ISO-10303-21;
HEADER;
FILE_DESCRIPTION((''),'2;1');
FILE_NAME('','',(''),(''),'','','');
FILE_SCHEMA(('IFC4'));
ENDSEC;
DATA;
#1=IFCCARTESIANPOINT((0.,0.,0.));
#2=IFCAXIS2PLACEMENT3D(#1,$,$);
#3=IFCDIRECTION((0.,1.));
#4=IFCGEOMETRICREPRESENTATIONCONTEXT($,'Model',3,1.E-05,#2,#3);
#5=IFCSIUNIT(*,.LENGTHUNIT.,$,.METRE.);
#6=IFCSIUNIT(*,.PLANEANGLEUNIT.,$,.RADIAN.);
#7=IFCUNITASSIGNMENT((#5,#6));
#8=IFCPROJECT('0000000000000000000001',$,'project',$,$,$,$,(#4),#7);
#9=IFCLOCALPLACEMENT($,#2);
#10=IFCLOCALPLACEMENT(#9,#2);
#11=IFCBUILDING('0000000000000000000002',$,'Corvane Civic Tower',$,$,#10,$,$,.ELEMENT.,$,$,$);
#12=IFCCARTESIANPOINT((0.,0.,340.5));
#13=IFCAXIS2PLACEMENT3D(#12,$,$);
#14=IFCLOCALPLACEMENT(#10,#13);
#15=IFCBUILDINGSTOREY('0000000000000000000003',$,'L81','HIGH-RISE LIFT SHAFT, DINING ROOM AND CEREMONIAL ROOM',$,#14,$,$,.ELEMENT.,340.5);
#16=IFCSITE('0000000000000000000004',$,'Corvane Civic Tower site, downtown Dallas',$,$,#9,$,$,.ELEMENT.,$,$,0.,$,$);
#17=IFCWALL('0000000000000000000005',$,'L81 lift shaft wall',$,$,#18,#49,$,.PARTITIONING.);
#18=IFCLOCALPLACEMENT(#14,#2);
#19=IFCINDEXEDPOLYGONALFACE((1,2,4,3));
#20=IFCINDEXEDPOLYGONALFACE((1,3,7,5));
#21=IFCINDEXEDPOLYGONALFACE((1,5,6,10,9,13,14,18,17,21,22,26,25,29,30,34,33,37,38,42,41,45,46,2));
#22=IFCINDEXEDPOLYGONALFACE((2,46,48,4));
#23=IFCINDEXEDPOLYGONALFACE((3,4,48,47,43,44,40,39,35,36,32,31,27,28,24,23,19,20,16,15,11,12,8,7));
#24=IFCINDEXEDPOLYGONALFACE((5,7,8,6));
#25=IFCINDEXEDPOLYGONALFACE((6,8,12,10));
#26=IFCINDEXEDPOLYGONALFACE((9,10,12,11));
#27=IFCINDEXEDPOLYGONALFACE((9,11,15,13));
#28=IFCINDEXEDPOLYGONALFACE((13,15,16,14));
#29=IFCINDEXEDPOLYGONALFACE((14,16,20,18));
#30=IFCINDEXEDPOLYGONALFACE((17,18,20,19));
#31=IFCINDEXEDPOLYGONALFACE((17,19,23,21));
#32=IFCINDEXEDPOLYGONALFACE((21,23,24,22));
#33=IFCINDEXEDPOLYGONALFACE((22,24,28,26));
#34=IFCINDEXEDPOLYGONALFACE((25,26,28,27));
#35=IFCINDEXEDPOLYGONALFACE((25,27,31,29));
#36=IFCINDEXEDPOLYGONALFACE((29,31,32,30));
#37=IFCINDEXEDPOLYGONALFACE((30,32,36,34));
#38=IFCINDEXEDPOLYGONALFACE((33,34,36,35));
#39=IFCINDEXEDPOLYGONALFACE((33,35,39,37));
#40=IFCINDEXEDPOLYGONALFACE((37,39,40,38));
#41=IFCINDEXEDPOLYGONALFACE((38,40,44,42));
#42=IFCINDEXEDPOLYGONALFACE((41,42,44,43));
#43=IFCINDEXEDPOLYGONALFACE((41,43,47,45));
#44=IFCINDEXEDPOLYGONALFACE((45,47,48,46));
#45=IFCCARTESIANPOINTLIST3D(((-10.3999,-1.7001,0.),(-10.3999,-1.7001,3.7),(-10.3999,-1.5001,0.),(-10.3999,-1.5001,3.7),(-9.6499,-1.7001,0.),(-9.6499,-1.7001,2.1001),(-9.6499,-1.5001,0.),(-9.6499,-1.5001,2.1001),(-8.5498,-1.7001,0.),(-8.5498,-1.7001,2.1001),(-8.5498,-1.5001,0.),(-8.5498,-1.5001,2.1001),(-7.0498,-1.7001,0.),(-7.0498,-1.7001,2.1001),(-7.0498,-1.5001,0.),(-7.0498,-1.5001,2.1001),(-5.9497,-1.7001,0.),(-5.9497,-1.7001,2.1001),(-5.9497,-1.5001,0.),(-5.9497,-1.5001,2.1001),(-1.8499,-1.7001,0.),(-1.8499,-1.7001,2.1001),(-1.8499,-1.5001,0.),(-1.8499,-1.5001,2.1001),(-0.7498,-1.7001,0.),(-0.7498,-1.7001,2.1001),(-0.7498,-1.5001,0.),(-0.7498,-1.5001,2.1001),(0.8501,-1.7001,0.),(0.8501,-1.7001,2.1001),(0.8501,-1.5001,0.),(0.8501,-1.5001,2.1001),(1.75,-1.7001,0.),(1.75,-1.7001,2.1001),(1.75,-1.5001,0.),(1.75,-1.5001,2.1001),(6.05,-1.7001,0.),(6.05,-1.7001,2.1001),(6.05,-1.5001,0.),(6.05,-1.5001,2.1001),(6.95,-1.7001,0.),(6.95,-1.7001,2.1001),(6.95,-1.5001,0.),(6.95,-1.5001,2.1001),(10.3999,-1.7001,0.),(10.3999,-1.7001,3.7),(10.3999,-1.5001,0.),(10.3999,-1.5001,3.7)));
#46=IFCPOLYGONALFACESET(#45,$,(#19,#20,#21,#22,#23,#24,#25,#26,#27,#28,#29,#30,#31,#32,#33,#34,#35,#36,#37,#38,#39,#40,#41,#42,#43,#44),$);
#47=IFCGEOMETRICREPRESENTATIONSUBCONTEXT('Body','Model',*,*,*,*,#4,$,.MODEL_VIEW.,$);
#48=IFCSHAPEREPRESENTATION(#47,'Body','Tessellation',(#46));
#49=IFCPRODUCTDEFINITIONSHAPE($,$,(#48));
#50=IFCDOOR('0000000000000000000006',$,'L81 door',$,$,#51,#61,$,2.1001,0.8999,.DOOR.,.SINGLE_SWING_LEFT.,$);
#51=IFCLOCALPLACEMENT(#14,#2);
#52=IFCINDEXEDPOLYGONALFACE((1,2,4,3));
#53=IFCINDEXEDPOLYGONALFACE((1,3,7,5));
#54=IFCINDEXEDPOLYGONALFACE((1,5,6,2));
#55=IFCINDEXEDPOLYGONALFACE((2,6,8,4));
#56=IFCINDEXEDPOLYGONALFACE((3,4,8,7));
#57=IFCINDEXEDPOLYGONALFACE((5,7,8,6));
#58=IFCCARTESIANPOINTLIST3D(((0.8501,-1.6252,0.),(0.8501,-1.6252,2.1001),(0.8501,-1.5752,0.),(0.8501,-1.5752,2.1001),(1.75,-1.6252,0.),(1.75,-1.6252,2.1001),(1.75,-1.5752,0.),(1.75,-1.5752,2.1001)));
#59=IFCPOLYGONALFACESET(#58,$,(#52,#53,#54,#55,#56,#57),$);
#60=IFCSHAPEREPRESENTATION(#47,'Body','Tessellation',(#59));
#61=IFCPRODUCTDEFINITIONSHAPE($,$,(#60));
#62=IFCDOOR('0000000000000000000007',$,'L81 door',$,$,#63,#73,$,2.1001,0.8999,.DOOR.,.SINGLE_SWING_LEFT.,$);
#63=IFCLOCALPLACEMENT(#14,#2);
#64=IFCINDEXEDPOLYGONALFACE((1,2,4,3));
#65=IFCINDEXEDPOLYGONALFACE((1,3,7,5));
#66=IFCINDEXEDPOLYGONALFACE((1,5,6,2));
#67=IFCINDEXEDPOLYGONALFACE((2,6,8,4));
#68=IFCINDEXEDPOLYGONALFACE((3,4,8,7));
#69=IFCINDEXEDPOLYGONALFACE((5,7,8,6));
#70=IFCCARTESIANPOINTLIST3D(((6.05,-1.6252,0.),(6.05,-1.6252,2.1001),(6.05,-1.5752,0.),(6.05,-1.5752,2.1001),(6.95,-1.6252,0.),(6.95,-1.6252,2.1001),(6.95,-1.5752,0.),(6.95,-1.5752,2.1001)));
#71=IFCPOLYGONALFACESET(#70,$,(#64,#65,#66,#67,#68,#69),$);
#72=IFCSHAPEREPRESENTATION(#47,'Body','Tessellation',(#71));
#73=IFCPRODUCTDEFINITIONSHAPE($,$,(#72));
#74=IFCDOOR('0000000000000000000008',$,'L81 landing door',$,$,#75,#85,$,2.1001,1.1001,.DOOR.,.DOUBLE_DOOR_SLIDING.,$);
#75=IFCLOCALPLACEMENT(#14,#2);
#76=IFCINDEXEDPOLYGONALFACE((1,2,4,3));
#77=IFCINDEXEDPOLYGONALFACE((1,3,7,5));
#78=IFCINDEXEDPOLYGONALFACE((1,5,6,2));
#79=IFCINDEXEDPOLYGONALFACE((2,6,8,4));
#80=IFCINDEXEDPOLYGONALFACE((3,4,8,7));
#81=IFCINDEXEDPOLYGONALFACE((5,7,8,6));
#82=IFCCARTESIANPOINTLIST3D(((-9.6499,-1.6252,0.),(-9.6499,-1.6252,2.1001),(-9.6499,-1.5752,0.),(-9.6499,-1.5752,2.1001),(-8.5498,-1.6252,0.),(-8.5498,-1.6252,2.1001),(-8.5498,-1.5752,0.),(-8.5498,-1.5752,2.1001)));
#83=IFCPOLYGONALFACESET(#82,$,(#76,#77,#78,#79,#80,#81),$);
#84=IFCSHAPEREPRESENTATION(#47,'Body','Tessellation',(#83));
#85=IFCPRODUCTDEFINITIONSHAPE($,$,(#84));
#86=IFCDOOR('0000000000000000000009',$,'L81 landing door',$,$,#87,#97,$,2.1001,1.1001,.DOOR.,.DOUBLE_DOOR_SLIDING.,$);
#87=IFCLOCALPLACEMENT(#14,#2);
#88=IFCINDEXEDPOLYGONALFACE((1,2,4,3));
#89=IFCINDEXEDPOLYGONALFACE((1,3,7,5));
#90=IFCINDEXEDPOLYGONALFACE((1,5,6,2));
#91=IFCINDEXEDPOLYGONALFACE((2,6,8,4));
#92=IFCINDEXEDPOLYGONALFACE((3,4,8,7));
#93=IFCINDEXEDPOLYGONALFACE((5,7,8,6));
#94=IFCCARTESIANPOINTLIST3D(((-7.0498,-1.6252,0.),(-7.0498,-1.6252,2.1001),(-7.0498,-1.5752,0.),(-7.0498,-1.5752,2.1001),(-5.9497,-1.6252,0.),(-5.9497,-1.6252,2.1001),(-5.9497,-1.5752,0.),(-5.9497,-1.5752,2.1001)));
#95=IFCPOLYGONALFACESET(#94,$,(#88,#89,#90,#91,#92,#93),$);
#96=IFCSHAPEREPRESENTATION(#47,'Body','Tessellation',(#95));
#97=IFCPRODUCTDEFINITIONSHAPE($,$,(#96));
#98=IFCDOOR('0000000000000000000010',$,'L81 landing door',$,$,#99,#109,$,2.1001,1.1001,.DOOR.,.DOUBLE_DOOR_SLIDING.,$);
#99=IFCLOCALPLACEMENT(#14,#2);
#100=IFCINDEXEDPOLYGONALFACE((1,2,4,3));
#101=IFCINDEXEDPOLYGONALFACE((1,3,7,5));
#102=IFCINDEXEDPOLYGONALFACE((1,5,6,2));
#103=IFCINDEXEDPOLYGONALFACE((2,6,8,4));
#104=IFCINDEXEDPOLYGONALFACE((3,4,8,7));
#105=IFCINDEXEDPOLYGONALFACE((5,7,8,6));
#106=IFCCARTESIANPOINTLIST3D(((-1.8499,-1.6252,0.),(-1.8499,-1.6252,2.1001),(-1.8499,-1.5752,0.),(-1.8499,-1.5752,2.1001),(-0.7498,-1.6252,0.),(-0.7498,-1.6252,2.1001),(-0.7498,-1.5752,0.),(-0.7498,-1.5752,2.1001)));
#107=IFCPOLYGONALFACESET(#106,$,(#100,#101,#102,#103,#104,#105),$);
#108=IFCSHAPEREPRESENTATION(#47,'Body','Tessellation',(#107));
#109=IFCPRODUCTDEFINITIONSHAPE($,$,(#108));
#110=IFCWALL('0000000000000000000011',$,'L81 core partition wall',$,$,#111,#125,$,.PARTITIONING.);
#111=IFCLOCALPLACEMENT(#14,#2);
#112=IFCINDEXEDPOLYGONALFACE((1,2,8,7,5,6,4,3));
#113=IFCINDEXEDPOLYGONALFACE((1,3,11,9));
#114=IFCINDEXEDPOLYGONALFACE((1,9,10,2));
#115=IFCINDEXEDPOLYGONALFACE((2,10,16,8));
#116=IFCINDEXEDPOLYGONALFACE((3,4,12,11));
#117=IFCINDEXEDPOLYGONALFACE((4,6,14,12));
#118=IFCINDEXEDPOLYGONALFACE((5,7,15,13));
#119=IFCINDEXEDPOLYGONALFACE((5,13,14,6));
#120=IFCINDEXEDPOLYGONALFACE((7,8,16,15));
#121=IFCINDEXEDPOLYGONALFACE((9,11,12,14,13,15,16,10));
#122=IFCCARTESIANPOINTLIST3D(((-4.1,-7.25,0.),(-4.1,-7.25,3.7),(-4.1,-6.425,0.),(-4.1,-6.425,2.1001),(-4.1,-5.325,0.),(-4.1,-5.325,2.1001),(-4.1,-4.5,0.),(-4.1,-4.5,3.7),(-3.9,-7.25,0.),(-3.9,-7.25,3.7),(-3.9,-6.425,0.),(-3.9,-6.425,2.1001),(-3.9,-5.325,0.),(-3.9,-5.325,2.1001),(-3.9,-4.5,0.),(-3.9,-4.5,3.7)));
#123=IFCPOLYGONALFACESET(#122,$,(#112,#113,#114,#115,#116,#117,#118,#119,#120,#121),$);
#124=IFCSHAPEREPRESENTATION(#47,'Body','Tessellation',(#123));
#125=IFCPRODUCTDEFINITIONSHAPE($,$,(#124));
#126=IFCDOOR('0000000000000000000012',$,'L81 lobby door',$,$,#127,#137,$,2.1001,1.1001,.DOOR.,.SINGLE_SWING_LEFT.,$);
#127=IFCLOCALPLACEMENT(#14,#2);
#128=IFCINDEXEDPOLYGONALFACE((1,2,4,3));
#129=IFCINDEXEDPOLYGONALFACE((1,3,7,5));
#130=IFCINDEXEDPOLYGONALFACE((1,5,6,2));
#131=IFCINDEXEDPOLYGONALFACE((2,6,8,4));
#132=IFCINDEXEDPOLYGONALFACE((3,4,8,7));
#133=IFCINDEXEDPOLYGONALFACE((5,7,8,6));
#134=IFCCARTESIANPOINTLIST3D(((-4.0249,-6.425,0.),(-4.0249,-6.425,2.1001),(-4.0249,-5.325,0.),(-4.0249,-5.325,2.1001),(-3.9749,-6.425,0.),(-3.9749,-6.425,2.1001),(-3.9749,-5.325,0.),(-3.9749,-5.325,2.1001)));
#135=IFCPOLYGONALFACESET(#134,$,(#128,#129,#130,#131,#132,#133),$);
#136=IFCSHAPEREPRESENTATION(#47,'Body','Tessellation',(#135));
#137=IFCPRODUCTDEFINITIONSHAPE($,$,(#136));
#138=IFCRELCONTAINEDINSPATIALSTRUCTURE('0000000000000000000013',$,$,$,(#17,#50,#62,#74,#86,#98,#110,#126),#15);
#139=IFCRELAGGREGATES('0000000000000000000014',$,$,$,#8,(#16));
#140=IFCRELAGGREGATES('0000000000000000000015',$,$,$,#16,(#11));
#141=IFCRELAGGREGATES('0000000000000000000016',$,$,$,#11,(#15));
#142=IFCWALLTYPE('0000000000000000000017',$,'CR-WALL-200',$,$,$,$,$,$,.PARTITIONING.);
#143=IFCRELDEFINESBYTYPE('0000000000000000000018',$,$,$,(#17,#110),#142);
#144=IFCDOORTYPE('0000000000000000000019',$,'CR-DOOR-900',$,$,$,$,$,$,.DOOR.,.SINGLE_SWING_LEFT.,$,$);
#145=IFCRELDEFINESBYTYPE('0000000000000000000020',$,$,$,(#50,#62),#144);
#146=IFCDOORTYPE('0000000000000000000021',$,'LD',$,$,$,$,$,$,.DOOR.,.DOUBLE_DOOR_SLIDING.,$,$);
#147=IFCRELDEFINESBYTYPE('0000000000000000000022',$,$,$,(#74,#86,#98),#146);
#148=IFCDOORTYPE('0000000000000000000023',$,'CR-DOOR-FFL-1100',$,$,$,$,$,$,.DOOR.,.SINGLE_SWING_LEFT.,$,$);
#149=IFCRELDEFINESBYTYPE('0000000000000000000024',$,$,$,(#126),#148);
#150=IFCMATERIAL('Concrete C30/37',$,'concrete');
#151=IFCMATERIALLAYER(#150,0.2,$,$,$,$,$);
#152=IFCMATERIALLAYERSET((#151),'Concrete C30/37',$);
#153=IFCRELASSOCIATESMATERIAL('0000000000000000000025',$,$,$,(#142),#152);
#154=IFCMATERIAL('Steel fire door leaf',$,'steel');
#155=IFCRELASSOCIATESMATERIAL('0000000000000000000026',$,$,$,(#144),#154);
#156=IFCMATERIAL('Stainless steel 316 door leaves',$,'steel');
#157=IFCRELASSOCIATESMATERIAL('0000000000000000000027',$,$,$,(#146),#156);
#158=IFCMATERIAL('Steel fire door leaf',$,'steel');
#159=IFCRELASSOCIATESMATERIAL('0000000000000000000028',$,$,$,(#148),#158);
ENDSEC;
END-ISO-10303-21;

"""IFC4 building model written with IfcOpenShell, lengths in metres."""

from ifc_helpers import new_model, si_unit, direction, frame, frame_2d, origin, place, context, subcontext, project, spatial, rectangle, extrude, material, layer, layer_set, type_object, element, fill, save


model = new_model("IFC4")

# Units and contexts
model_context = context("Model", 3, precision=1e-05, world=origin(), true_north=direction((0.0, 1.0)))
body_context = subcontext(model_context, "Body", "Model", "MODEL_VIEW")
ifc_project = project(units=[si_unit("LENGTHUNIT", "METRE"), si_unit("PLANEANGLEUNIT", "RADIAN")], contexts=[model_context])

# Site, building, storey
site_placement = place(None, origin())
site = spatial("IfcSite", under=ifc_project, at=site_placement, Name="Corvane Civic Tower site, downtown Dallas", CompositionType="ELEMENT", RefElevation=0.0)
building_placement = place(site_placement, origin())
building = spatial("IfcBuilding", under=site, at=building_placement, Name="Corvane Civic Tower", CompositionType="ELEMENT")
storey_placement = place(building_placement, frame((0.0, 0.0, 340.5)))
storey = spatial("IfcBuildingStorey", under=building, at=storey_placement, Name="L81", Description="HIGH-RISE LIFT SHAFT, DINING ROOM AND CEREMONIAL ROOM", CompositionType="ELEMENT", Elevation=340.5)

# Shared definitions
ifc_material_1 = material(Name="Concrete C30/37", Category="concrete")
ifc_layer_1 = layer(ifc_material_1, 0.2)
ifc_layer_set_1 = layer_set([ifc_layer_1], Name="Concrete C30/37")
wall_type_1 = type_object("IfcWallType", Name="CR-WALL-200", PredefinedType="PARTITIONING", material=ifc_layer_set_1)
ifc_material_2 = material(Name="Steel fire door leaf", Category="steel")
door_type_1 = type_object("IfcDoorType", Name="CR-DOOR-900", OperationType="SINGLE_SWING_LEFT", PredefinedType="DOOR", material=ifc_material_2)

# Wall, openings, doors
wall_1_placement = place(storey_placement, frame((-10.3999, -1.6001, 0.0), z_axis=(0.0, 0.0, 1.0), x_axis=(1.0, 0.0, 0.0)))
wall_1 = element("IfcWall", 1, at=wall_1_placement, inside=storey, type_object=wall_type_1, Name="L81 lift shaft wall", PredefinedType="PARTITIONING", context=body_context, shape_type="SweptSolid", body=[
    extrude(rectangle(XDim=20.7998, YDim=0.2, at=frame_2d((10.3999, 0.0))), origin(), (0.0, 0.0, 1.0), 3.7),
])
opening_1_placement = place(wall_1_placement, frame((0.75, 0.0, 0.0)))
opening_1 = element("IfcOpeningElement", 2, at=opening_1_placement, cuts=wall_1, PredefinedType="OPENING", context=body_context, shape_type="SweptSolid", body=[
    extrude(rectangle(XDim=1.1001, YDim=2.1001, at=frame_2d((0.55, 1.05))), frame((0.0, 0.1099, 0.0), z_axis=(0.0, -1.0, 0.0), x_axis=(1.0, 0.0, 0.0)), (0.0, 0.0, 1.0), 0.22),
])
opening_2_placement = place(wall_1_placement, frame((3.3501, 0.0, 0.0)))
opening_2 = element("IfcOpeningElement", 3, at=opening_2_placement, cuts=wall_1, PredefinedType="OPENING", context=body_context, shape_type="SweptSolid", body=[
    extrude(rectangle(XDim=1.1001, YDim=2.1001, at=frame_2d((0.55, 1.05))), frame((0.0, 0.1099, 0.0), z_axis=(0.0, -1.0, 0.0), x_axis=(1.0, 0.0, 0.0)), (0.0, 0.0, 1.0), 0.22),
])
opening_3_placement = place(wall_1_placement, frame((8.55, 0.0, 0.0)))
opening_3 = element("IfcOpeningElement", 4, at=opening_3_placement, cuts=wall_1, PredefinedType="OPENING", context=body_context, shape_type="SweptSolid", body=[
    extrude(rectangle(XDim=1.1001, YDim=2.1001, at=frame_2d((0.55, 1.05))), frame((0.0, 0.1099, 0.0), z_axis=(0.0, -1.0, 0.0), x_axis=(1.0, 0.0, 0.0)), (0.0, 0.0, 1.0), 0.22),
])
opening_4_placement = place(wall_1_placement, frame((11.25, 0.0, 0.0)))
opening_4 = element("IfcOpeningElement", 5, at=opening_4_placement, cuts=wall_1, PredefinedType="OPENING", context=body_context, shape_type="SweptSolid", body=[
    extrude(rectangle(XDim=0.8999, YDim=2.1001, at=frame_2d((0.45, 1.05))), frame((0.0, 0.1099, 0.0), z_axis=(0.0, -1.0, 0.0), x_axis=(1.0, 0.0, 0.0)), (0.0, 0.0, 1.0), 0.22),
])
opening_5_placement = place(wall_1_placement, frame((16.45, 0.0, 0.0)))
opening_5 = element("IfcOpeningElement", 6, at=opening_5_placement, cuts=wall_1, PredefinedType="OPENING", context=body_context, shape_type="SweptSolid", body=[
    extrude(rectangle(XDim=0.8999, YDim=2.1001, at=frame_2d((0.45, 1.05))), frame((0.0, 0.1099, 0.0), z_axis=(0.0, -1.0, 0.0), x_axis=(1.0, 0.0, 0.0)), (0.0, 0.0, 1.0), 0.22),
])
door_1_placement = place(opening_4_placement, origin())
door_1 = element("IfcDoor", 7, at=door_1_placement, inside=storey, type_object=door_type_1, Name="L81 door", OperationType="SINGLE_SWING_LEFT", OverallHeight=2.1001, OverallWidth=0.8999, PredefinedType="DOOR", context=body_context, shape_type="SweptSolid", body=[
    extrude(rectangle(XDim=0.8999, YDim=2.1001, at=frame_2d((0.45, 1.05))), frame((0.0, 0.0249, 0.0), z_axis=(0.0, -1.0, 0.0), x_axis=(1.0, 0.0, 0.0)), (0.0, 0.0, 1.0), 0.05),
])
fill(opening_4, door_1)
door_2_placement = place(opening_5_placement, origin())
door_2 = element("IfcDoor", 8, at=door_2_placement, inside=storey, type_object=door_type_1, Name="L81 door", OperationType="SINGLE_SWING_LEFT", OverallHeight=2.1001, OverallWidth=0.8999, PredefinedType="DOOR", context=body_context, shape_type="SweptSolid", body=[
    extrude(rectangle(XDim=0.8999, YDim=2.1001, at=frame_2d((0.45, 1.05))), frame((0.0, 0.0249, 0.0), z_axis=(0.0, -1.0, 0.0), x_axis=(1.0, 0.0, 0.0)), (0.0, 0.0, 1.0), 0.05),
])
fill(opening_5, door_2)
ifc_material_3 = material(Name="Stainless steel 316 door leaves", Category="steel")
door_type_2 = type_object("IfcDoorType", Name="LD", OperationType="DOUBLE_DOOR_SLIDING", PredefinedType="DOOR", material=ifc_material_3)
door_3_placement = place(opening_1_placement, origin())
door_3 = element("IfcDoor", 9, at=door_3_placement, inside=storey, type_object=door_type_2, Name="L81 landing door", OperationType="DOUBLE_DOOR_SLIDING", OverallHeight=2.1001, OverallWidth=1.1001, PredefinedType="DOOR", context=body_context, shape_type="SweptSolid", body=[
    extrude(rectangle(XDim=1.1001, YDim=2.1001, at=frame_2d((0.55, 1.05))), frame((0.0, 0.0249, 0.0), z_axis=(0.0, -1.0, 0.0), x_axis=(1.0, 0.0, 0.0)), (0.0, 0.0, 1.0), 0.05),
])
fill(opening_1, door_3)
door_4_placement = place(opening_2_placement, origin())
door_4 = element("IfcDoor", 10, at=door_4_placement, inside=storey, type_object=door_type_2, Name="L81 landing door", OperationType="DOUBLE_DOOR_SLIDING", OverallHeight=2.1001, OverallWidth=1.1001, PredefinedType="DOOR", context=body_context, shape_type="SweptSolid", body=[
    extrude(rectangle(XDim=1.1001, YDim=2.1001, at=frame_2d((0.55, 1.05))), frame((0.0, 0.0249, 0.0), z_axis=(0.0, -1.0, 0.0), x_axis=(1.0, 0.0, 0.0)), (0.0, 0.0, 1.0), 0.05),
])
fill(opening_2, door_4)
door_5_placement = place(opening_3_placement, origin())
door_5 = element("IfcDoor", 11, at=door_5_placement, inside=storey, type_object=door_type_2, Name="L81 landing door", OperationType="DOUBLE_DOOR_SLIDING", OverallHeight=2.1001, OverallWidth=1.1001, PredefinedType="DOOR", context=body_context, shape_type="SweptSolid", body=[
    extrude(rectangle(XDim=1.1001, YDim=2.1001, at=frame_2d((0.55, 1.05))), frame((0.0, 0.0249, 0.0), z_axis=(0.0, -1.0, 0.0), x_axis=(1.0, 0.0, 0.0)), (0.0, 0.0, 1.0), 0.05),
])
fill(opening_3, door_5)

# Wall, opening, door
wall_2_placement = place(storey_placement, frame((-4.0, -7.25, 0.0), z_axis=(0.0, 0.0, 1.0), x_axis=(0.0, 1.0, 0.0)))
wall_2 = element("IfcWall", 12, at=wall_2_placement, inside=storey, type_object=wall_type_1, Name="L81 core partition wall", PredefinedType="PARTITIONING", context=body_context, shape_type="SweptSolid", body=[
    extrude(rectangle(XDim=2.75, YDim=0.2, at=frame_2d((1.375, 0.0))), origin(), (0.0, 0.0, 1.0), 3.7),
])
opening_6_placement = place(wall_2_placement, frame((0.825, 0.0, 0.0)))
opening_6 = element("IfcOpeningElement", 13, at=opening_6_placement, cuts=wall_2, PredefinedType="OPENING", context=body_context, shape_type="SweptSolid", body=[
    extrude(rectangle(XDim=1.1001, YDim=2.1001, at=frame_2d((0.55, 1.05))), frame((0.0, 0.1099, 0.0), z_axis=(0.0, -1.0, 0.0), x_axis=(1.0, 0.0, 0.0)), (0.0, 0.0, 1.0), 0.22),
])
ifc_material_4 = material(Name="Steel fire door leaf", Category="steel")
door_type_3 = type_object("IfcDoorType", Name="CR-DOOR-FFL-1100", OperationType="SINGLE_SWING_LEFT", PredefinedType="DOOR", material=ifc_material_4)
door_6_placement = place(opening_6_placement, origin())
door_6 = element("IfcDoor", 14, at=door_6_placement, inside=storey, type_object=door_type_3, Name="L81 lobby door", OperationType="SINGLE_SWING_LEFT", OverallHeight=2.1001, OverallWidth=1.1001, PredefinedType="DOOR", context=body_context, shape_type="SweptSolid", body=[
    extrude(rectangle(XDim=1.1001, YDim=2.1001, at=frame_2d((0.55, 1.05))), frame((0.0, 0.0249, 0.0), z_axis=(0.0, -1.0, 0.0), x_axis=(1.0, 0.0, 0.0)), (0.0, 0.0, 1.0), 0.05),
])
fill(opening_6, door_6)

save(model, "model.ifc")
